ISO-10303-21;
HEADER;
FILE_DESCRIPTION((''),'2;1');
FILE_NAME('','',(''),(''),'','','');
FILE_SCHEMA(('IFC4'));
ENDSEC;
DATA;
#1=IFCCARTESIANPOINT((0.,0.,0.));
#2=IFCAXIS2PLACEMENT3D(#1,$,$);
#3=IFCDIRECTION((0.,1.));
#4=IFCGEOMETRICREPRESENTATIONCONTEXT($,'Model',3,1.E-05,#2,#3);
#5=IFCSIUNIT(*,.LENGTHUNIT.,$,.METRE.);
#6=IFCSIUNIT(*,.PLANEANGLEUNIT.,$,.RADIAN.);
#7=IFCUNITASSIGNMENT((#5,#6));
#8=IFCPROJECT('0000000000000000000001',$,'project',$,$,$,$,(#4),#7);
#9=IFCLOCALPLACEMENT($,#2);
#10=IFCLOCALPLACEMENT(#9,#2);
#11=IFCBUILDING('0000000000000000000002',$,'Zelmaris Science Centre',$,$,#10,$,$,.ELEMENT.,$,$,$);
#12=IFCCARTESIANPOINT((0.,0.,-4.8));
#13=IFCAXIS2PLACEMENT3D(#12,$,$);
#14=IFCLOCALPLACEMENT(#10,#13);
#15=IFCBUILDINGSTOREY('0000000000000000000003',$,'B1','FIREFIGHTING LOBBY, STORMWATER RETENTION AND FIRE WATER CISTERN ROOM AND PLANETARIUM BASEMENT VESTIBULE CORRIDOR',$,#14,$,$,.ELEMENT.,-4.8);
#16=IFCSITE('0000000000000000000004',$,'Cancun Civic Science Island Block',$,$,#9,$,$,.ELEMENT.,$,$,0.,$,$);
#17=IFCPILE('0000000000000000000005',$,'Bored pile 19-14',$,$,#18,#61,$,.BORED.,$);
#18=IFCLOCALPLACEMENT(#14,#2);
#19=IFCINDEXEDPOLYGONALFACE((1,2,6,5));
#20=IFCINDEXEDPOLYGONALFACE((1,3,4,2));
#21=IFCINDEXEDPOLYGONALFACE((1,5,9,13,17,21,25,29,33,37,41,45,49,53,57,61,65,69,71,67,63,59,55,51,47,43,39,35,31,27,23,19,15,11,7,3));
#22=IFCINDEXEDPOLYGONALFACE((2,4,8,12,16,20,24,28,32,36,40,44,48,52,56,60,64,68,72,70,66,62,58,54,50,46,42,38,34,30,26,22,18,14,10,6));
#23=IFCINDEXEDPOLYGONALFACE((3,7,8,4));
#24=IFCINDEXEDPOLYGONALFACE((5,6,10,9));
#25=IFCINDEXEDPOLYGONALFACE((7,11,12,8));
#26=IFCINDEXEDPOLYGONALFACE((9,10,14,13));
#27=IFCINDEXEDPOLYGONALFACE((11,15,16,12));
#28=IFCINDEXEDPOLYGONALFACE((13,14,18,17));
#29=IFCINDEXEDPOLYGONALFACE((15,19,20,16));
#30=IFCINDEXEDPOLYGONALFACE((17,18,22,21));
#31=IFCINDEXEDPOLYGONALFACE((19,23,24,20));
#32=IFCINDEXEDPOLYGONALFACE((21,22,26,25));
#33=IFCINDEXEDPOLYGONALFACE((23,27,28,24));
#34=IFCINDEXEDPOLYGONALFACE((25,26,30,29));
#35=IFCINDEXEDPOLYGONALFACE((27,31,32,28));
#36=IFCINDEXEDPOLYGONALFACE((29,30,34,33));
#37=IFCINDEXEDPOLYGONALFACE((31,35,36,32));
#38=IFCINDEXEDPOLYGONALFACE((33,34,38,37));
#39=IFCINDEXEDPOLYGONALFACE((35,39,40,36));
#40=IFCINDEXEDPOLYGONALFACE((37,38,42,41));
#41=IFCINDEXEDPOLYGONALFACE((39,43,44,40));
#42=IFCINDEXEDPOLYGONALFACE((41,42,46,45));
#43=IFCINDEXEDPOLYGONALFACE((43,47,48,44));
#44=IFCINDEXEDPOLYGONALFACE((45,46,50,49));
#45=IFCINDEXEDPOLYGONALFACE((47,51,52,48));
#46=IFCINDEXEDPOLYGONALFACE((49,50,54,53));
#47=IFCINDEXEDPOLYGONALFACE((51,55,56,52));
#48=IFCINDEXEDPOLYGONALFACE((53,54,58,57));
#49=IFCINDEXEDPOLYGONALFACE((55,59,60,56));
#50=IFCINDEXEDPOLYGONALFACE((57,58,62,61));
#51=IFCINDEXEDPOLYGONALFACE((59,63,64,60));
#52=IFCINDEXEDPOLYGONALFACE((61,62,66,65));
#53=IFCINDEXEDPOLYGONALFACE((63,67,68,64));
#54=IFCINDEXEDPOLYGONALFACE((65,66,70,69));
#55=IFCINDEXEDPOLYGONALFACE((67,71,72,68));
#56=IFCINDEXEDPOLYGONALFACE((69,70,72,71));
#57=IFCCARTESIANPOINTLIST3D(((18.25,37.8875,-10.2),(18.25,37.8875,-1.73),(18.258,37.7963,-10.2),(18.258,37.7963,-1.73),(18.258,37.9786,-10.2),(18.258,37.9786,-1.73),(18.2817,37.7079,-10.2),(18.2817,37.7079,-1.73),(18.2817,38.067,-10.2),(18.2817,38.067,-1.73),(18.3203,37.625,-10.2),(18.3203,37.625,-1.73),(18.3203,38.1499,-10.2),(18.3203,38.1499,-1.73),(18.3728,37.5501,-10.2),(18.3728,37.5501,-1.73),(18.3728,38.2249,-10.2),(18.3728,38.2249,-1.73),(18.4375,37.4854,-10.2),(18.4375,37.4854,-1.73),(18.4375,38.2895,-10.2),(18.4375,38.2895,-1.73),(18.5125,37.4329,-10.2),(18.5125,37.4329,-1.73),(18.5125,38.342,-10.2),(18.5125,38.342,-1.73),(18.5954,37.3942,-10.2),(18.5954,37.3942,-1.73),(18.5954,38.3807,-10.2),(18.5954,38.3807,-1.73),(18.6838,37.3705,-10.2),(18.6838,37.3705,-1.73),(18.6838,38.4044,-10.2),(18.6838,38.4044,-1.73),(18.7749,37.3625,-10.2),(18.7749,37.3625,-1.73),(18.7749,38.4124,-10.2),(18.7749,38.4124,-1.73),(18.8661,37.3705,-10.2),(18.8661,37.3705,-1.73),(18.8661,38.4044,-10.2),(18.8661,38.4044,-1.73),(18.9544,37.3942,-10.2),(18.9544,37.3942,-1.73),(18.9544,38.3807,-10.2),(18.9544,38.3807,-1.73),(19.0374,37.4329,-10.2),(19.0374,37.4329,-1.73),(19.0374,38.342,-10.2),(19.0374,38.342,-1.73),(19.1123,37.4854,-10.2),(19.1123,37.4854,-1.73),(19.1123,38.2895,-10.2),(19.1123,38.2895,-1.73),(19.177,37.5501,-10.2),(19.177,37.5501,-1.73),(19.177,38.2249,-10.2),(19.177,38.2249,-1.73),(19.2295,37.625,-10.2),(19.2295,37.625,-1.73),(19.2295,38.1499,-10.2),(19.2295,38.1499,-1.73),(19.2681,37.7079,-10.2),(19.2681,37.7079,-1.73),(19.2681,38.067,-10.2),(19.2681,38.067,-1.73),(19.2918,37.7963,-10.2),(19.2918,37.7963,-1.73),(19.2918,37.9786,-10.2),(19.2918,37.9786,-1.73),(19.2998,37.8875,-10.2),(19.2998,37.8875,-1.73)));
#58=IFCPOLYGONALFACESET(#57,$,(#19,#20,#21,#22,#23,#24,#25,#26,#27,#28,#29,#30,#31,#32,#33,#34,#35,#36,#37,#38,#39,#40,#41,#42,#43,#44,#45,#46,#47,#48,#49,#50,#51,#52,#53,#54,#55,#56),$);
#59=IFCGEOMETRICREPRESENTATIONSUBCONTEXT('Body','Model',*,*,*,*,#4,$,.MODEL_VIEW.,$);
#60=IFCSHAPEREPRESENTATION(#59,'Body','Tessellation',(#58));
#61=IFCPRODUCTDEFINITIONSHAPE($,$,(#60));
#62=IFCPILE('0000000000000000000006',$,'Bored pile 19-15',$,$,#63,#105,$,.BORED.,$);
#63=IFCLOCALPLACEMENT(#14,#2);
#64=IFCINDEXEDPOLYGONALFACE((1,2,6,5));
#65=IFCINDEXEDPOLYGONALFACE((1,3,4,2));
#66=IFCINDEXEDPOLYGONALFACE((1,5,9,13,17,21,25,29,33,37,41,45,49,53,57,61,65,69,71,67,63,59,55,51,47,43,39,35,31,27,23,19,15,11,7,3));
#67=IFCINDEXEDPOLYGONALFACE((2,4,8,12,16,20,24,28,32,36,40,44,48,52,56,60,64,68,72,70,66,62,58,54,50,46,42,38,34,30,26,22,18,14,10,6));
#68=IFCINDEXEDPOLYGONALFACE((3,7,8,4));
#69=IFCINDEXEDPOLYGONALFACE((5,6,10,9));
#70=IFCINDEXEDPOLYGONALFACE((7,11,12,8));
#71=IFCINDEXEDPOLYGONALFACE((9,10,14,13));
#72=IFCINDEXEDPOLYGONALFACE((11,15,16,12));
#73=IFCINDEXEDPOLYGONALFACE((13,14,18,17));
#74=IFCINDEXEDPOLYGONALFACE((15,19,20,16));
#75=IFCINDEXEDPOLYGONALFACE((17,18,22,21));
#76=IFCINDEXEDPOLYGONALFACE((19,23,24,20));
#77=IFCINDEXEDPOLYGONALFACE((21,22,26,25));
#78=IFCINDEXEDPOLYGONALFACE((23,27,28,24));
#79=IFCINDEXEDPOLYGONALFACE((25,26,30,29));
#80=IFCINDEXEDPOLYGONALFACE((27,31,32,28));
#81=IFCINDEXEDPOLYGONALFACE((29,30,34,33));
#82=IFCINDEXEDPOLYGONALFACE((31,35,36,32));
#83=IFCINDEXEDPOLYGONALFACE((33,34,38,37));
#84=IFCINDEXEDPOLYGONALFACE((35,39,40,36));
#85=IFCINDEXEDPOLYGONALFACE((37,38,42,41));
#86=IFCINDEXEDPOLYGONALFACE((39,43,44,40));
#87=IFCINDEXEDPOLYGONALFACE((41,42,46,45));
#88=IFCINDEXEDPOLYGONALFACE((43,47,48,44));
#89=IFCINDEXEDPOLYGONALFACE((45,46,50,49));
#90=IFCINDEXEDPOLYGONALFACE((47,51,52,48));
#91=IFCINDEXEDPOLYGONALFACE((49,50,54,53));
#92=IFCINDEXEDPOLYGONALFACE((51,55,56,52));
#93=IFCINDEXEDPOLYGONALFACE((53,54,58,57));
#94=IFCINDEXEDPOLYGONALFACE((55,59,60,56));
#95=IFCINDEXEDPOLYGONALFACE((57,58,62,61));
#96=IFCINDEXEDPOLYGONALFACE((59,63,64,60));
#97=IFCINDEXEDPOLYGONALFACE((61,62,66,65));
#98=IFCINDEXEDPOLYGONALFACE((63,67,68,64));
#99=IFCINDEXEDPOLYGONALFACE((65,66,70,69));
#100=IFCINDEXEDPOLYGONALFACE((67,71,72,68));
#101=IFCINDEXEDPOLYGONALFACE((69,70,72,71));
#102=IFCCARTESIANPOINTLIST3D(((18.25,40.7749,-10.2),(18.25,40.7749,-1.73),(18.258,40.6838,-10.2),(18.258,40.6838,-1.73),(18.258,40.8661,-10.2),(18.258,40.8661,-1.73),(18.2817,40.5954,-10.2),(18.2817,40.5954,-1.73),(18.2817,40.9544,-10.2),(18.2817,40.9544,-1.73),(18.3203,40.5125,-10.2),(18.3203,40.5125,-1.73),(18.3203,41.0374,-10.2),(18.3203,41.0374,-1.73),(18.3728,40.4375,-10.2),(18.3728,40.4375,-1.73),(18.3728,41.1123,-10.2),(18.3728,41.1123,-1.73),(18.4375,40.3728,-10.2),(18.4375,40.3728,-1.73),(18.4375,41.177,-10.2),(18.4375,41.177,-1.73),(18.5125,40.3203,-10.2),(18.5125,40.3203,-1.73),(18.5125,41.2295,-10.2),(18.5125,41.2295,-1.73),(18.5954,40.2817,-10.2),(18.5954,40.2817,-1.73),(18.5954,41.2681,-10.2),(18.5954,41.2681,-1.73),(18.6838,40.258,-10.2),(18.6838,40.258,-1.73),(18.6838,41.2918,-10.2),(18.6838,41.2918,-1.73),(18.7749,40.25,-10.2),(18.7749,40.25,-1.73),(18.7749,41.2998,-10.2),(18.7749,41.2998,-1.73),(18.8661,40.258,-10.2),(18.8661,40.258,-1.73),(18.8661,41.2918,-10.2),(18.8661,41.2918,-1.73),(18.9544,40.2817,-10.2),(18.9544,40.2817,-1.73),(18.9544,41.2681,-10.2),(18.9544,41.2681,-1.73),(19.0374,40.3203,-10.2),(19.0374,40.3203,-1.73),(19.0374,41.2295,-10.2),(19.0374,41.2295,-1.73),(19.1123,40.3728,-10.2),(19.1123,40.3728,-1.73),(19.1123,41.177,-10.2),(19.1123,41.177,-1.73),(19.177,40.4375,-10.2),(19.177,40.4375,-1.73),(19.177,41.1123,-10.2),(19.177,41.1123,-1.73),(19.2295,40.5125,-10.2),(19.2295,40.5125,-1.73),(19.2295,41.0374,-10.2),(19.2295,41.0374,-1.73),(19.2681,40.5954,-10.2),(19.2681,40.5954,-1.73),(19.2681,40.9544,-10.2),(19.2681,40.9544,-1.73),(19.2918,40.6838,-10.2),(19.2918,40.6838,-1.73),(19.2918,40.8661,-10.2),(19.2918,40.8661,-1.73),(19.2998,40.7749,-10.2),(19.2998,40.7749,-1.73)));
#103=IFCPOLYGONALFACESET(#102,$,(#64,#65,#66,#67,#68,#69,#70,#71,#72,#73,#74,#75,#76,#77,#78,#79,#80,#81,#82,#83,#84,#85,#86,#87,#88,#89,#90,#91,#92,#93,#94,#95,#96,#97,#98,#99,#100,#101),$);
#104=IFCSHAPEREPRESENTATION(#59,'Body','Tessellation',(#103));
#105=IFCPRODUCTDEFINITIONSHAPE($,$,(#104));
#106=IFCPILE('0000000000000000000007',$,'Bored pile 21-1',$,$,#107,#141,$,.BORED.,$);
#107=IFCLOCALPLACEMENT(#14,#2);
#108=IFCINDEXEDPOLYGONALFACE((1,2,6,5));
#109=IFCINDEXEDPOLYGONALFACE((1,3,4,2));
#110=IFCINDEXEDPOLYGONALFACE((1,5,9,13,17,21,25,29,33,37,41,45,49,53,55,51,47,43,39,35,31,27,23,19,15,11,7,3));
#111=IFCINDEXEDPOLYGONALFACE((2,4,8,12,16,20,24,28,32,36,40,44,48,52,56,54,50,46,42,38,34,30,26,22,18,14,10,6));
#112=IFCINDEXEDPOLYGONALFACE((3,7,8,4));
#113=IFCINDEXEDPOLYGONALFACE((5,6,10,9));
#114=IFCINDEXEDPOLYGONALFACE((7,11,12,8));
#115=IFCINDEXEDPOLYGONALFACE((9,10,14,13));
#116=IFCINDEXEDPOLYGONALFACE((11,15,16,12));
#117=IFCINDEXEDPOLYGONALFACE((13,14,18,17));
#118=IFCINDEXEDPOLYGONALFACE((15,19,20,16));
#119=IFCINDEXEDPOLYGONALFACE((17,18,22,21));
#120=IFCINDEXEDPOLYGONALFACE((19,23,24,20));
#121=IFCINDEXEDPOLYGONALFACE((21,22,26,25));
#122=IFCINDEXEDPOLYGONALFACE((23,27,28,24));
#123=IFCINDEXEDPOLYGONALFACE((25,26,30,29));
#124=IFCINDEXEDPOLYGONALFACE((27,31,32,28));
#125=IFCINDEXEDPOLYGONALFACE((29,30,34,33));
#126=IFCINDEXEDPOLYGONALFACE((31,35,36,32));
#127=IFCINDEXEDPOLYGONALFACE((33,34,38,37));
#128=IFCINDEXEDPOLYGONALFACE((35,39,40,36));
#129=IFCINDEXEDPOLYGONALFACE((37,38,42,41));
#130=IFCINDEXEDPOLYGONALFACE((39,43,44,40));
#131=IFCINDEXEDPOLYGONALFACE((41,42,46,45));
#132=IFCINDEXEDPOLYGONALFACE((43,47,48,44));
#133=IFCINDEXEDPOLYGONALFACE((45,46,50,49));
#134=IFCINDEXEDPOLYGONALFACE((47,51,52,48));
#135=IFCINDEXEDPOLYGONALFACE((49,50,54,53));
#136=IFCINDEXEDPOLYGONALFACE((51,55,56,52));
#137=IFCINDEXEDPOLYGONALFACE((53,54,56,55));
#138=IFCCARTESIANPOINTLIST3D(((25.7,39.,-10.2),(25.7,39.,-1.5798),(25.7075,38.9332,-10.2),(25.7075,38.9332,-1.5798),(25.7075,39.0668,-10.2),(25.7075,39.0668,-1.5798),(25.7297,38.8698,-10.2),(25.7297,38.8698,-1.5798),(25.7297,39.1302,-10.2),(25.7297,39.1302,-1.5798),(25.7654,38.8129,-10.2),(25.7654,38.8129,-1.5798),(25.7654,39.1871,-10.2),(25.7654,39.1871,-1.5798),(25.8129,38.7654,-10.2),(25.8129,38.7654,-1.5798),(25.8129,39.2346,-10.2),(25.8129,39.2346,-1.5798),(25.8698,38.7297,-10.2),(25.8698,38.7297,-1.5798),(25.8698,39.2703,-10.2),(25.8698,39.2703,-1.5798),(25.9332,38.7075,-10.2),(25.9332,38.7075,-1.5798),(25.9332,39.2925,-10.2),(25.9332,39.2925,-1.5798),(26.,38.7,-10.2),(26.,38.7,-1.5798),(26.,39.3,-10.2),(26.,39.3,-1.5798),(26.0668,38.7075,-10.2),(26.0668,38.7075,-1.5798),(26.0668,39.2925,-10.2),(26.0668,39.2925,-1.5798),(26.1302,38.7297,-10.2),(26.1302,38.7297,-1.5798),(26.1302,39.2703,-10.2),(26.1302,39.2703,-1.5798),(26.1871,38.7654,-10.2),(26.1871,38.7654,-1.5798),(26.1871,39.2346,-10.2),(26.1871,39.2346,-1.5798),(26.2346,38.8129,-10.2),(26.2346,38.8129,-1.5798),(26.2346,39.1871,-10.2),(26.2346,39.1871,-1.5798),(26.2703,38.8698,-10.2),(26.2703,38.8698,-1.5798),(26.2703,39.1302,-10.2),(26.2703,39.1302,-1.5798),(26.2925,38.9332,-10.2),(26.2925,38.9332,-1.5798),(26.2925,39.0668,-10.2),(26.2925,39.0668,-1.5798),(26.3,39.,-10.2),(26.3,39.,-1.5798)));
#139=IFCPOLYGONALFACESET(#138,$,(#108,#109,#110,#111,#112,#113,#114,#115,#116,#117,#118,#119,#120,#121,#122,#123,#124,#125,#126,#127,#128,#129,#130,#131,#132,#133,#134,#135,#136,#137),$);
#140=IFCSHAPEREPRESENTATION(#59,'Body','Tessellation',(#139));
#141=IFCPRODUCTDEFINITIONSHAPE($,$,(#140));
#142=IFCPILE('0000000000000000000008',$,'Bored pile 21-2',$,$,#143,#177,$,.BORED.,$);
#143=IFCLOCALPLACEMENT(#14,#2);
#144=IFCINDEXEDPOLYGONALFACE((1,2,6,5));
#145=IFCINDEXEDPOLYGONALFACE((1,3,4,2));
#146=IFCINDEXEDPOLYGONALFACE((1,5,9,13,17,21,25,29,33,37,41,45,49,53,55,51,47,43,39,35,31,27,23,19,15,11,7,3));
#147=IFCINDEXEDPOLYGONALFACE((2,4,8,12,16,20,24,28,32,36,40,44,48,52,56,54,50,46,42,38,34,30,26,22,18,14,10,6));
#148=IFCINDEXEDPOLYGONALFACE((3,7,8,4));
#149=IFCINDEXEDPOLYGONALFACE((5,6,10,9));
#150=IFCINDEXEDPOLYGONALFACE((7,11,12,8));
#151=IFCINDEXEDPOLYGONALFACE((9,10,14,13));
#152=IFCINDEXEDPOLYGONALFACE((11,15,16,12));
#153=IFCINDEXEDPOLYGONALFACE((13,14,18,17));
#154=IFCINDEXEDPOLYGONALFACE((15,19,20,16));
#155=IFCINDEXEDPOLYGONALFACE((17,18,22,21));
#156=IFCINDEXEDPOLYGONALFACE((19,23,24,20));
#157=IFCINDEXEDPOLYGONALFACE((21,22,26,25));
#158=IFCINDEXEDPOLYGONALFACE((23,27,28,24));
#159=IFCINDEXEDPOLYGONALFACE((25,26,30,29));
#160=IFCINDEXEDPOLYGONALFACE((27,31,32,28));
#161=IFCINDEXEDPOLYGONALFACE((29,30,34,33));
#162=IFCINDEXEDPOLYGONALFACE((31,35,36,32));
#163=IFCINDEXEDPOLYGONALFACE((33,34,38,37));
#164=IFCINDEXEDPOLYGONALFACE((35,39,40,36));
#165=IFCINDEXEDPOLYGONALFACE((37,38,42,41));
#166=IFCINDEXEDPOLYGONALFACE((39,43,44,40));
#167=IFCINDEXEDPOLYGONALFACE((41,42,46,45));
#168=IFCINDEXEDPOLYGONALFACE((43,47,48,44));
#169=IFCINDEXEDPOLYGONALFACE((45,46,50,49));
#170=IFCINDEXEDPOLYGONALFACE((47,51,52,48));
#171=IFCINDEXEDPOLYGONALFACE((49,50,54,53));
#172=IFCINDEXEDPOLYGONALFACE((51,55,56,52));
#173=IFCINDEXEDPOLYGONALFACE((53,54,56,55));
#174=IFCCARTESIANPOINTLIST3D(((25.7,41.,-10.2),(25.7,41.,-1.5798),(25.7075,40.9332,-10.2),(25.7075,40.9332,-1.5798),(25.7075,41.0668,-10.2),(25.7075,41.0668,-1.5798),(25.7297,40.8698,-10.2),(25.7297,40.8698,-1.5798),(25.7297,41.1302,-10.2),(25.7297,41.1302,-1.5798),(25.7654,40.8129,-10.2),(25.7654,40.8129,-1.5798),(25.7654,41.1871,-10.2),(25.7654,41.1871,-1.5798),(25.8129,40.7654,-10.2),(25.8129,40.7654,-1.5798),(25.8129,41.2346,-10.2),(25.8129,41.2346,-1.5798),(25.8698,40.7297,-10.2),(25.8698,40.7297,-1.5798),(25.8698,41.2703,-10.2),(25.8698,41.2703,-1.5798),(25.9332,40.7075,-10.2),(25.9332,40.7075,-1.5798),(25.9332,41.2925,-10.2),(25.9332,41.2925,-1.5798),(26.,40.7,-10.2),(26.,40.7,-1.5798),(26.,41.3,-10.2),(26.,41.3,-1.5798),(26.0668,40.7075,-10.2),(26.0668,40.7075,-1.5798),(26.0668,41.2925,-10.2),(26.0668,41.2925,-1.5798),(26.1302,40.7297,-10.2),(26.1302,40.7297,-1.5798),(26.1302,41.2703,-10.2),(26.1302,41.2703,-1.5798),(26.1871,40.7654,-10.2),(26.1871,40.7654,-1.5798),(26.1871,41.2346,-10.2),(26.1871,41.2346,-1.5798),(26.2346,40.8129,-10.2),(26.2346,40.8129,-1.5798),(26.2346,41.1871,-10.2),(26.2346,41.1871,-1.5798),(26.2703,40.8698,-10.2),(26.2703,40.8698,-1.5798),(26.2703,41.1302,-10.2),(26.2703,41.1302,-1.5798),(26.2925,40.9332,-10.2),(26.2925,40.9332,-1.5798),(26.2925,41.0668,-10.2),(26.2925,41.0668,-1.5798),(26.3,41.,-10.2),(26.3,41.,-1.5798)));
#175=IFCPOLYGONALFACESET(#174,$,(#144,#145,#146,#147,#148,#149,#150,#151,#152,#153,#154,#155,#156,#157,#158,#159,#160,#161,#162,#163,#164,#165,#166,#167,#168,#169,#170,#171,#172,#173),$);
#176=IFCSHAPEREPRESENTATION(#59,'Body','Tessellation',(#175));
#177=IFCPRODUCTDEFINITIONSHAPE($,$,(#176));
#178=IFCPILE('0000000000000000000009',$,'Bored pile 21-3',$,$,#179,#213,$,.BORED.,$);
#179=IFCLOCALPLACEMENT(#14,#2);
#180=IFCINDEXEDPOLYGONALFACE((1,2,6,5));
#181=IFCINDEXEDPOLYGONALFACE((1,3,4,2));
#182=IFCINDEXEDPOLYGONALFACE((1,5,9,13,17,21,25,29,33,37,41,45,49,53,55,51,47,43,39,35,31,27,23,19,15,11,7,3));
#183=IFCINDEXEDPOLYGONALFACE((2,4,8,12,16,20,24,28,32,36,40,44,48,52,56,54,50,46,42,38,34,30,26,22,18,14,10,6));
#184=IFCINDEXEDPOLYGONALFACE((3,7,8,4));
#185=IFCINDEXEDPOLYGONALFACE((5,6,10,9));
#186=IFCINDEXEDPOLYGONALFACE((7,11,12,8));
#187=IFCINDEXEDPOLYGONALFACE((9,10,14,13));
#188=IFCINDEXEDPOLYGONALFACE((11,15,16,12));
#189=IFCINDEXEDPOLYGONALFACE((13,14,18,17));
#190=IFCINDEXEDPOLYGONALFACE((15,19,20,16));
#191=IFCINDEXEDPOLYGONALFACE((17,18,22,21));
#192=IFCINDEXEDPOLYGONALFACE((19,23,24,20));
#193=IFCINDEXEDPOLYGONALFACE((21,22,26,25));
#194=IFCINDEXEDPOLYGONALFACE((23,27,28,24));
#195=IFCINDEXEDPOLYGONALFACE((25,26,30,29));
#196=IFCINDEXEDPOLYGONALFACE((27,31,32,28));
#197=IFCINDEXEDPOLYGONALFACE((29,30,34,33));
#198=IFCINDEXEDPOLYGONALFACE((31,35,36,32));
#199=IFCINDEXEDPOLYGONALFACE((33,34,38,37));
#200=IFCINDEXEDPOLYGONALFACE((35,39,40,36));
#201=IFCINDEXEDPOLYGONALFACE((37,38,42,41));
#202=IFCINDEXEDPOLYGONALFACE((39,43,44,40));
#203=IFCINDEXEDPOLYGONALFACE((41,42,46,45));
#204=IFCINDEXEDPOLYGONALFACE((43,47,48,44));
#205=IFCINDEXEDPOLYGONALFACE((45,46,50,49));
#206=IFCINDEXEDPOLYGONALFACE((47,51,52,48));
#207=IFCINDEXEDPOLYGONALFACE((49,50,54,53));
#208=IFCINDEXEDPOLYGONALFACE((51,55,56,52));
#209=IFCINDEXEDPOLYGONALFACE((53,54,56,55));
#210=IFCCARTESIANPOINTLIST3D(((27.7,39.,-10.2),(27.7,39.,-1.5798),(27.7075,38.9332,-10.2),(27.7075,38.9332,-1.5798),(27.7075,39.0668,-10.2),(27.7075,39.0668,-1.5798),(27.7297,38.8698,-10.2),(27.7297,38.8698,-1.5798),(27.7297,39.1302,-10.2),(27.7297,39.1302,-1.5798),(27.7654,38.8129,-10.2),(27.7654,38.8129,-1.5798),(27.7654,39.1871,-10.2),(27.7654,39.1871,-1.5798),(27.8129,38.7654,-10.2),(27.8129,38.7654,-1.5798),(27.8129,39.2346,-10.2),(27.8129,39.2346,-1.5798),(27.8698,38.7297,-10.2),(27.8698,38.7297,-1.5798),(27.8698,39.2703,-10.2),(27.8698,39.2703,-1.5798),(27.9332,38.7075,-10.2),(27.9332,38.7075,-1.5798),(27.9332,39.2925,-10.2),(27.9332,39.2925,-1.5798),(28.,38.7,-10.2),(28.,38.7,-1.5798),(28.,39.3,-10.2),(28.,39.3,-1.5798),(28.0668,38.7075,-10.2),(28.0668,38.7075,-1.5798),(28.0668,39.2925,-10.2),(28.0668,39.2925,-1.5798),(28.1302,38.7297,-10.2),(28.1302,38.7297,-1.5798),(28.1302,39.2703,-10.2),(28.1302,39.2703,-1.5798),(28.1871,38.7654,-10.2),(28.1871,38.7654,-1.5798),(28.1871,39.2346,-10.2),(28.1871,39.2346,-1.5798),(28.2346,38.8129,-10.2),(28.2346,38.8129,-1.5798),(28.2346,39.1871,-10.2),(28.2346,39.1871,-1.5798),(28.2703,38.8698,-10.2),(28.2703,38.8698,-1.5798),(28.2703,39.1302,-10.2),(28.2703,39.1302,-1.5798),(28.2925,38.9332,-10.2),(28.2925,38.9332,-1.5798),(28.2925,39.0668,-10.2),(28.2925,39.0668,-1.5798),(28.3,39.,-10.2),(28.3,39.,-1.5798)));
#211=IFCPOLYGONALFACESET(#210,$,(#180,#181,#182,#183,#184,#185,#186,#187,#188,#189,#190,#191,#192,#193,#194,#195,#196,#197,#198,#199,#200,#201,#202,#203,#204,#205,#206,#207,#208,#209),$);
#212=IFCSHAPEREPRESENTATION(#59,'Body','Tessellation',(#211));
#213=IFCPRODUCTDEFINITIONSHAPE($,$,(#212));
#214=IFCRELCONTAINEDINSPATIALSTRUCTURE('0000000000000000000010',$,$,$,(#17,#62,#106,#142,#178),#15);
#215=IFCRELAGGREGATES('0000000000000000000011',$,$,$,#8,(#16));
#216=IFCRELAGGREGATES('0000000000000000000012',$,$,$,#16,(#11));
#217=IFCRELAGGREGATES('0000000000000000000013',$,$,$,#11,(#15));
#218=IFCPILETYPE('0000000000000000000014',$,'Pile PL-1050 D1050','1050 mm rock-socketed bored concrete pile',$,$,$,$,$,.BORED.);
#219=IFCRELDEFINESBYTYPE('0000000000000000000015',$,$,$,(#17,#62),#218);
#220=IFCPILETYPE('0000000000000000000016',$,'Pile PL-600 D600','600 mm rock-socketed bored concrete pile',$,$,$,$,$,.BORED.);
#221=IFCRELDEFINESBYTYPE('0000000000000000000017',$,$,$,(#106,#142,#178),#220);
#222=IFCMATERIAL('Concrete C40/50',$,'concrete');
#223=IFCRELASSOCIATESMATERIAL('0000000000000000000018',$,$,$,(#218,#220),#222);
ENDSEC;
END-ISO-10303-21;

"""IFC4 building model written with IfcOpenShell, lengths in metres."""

from ifc_helpers import new_model, si_unit, direction, frame, origin, origin_2d, place, context, subcontext, project, spatial, circle, extrude, material, material_profile, profile_set, type_object, element, save


model = new_model("IFC4")

# Units and contexts
model_context = context("Model", 3, precision=1e-05, world=origin(), true_north=direction((0.0, 1.0)))
body_context = subcontext(model_context, "Body", "Model", "MODEL_VIEW")
ifc_project = project(units=[si_unit("LENGTHUNIT", "METRE"), si_unit("PLANEANGLEUNIT", "RADIAN")], contexts=[model_context])

# Site, building, storey
site_placement = place(None, origin())
site = spatial("IfcSite", under=ifc_project, at=site_placement, Name="Cancun Civic Science Island Block", CompositionType="ELEMENT", RefElevation=0.0)
building_placement = place(site_placement, origin())
building = spatial("IfcBuilding", under=site, at=building_placement, Name="Zelmaris Science Centre", CompositionType="ELEMENT")
storey_placement = place(building_placement, frame((0.0, 0.0, -4.8)))
storey = spatial("IfcBuildingStorey", under=building, at=storey_placement, Name="B1", Description="FIREFIGHTING LOBBY, STORMWATER RETENTION AND FIRE WATER CISTERN ROOM AND PLANETARIUM BASEMENT VESTIBULE CORRIDOR", CompositionType="ELEMENT", Elevation=-4.8)

# Shared definitions
ifc_material_1 = material(Name="Concrete C40/50", Category="concrete")

# Piles
ifc_material_profile_1 = material_profile(ifc_material_1, circle(Radius=0.5249, at=origin_2d()), Name="PILE-1050")
ifc_profile_set_1 = profile_set([ifc_material_profile_1], Name="Concrete C40/50")
pile_type_1 = type_object("IfcPileType", Name="Pile PL-1050 D1050", Description="1050 mm rock-socketed bored concrete pile", PredefinedType="BORED", material=ifc_profile_set_1)
for number, where, z_axis, x_axis, name in (
    (1, (18.7749, 37.8875, -1.73), (0.0, 0.0, -1.0), (1.0, 0.0, 0.0), "Bored pile 19-14"),
    (2, (18.7749, 40.7749, -1.73), (0.0, 0.0, -1.0), (1.0, 0.0, 0.0), "Bored pile 19-15"),
):
    element("IfcPile", number, at=place(storey_placement, frame(where, z_axis=z_axis, x_axis=x_axis)), inside=storey, type_object=pile_type_1, Name=name, PredefinedType="BORED", context=body_context, shape_type="SweptSolid", body=[
        extrude(circle(Radius=0.5249, at=origin_2d()), origin(), (0.0, 0.0, 1.0), 8.47),
    ])
ifc_material_profile_2 = material_profile(ifc_material_1, circle(Radius=0.3, at=origin_2d()), Name="PILE-600")
ifc_profile_set_2 = profile_set([ifc_material_profile_2], Name="Concrete C40/50")
pile_type_2 = type_object("IfcPileType", Name="Pile PL-600 D600", Description="600 mm rock-socketed bored concrete pile", PredefinedType="BORED", material=ifc_profile_set_2)
for number, where, z_axis, x_axis, name in (
    (3, (26.0, 39.0, -1.5798), (0.0, 0.0, -1.0), (1.0, 0.0, 0.0), "Bored pile 21-1"),
    (4, (26.0, 41.0, -1.5798), (0.0, 0.0, -1.0), (1.0, 0.0, 0.0), "Bored pile 21-2"),
    (5, (28.0, 39.0, -1.5798), (0.0, 0.0, -1.0), (1.0, 0.0, 0.0), "Bored pile 21-3"),
):
    element("IfcPile", number, at=place(storey_placement, frame(where, z_axis=z_axis, x_axis=x_axis)), inside=storey, type_object=pile_type_2, Name=name, PredefinedType="BORED", context=body_context, shape_type="SweptSolid", body=[
        extrude(circle(Radius=0.3, at=origin_2d()), origin(), (0.0, 0.0, 1.0), 8.6201),
    ])

save(model, "model.ifc")
